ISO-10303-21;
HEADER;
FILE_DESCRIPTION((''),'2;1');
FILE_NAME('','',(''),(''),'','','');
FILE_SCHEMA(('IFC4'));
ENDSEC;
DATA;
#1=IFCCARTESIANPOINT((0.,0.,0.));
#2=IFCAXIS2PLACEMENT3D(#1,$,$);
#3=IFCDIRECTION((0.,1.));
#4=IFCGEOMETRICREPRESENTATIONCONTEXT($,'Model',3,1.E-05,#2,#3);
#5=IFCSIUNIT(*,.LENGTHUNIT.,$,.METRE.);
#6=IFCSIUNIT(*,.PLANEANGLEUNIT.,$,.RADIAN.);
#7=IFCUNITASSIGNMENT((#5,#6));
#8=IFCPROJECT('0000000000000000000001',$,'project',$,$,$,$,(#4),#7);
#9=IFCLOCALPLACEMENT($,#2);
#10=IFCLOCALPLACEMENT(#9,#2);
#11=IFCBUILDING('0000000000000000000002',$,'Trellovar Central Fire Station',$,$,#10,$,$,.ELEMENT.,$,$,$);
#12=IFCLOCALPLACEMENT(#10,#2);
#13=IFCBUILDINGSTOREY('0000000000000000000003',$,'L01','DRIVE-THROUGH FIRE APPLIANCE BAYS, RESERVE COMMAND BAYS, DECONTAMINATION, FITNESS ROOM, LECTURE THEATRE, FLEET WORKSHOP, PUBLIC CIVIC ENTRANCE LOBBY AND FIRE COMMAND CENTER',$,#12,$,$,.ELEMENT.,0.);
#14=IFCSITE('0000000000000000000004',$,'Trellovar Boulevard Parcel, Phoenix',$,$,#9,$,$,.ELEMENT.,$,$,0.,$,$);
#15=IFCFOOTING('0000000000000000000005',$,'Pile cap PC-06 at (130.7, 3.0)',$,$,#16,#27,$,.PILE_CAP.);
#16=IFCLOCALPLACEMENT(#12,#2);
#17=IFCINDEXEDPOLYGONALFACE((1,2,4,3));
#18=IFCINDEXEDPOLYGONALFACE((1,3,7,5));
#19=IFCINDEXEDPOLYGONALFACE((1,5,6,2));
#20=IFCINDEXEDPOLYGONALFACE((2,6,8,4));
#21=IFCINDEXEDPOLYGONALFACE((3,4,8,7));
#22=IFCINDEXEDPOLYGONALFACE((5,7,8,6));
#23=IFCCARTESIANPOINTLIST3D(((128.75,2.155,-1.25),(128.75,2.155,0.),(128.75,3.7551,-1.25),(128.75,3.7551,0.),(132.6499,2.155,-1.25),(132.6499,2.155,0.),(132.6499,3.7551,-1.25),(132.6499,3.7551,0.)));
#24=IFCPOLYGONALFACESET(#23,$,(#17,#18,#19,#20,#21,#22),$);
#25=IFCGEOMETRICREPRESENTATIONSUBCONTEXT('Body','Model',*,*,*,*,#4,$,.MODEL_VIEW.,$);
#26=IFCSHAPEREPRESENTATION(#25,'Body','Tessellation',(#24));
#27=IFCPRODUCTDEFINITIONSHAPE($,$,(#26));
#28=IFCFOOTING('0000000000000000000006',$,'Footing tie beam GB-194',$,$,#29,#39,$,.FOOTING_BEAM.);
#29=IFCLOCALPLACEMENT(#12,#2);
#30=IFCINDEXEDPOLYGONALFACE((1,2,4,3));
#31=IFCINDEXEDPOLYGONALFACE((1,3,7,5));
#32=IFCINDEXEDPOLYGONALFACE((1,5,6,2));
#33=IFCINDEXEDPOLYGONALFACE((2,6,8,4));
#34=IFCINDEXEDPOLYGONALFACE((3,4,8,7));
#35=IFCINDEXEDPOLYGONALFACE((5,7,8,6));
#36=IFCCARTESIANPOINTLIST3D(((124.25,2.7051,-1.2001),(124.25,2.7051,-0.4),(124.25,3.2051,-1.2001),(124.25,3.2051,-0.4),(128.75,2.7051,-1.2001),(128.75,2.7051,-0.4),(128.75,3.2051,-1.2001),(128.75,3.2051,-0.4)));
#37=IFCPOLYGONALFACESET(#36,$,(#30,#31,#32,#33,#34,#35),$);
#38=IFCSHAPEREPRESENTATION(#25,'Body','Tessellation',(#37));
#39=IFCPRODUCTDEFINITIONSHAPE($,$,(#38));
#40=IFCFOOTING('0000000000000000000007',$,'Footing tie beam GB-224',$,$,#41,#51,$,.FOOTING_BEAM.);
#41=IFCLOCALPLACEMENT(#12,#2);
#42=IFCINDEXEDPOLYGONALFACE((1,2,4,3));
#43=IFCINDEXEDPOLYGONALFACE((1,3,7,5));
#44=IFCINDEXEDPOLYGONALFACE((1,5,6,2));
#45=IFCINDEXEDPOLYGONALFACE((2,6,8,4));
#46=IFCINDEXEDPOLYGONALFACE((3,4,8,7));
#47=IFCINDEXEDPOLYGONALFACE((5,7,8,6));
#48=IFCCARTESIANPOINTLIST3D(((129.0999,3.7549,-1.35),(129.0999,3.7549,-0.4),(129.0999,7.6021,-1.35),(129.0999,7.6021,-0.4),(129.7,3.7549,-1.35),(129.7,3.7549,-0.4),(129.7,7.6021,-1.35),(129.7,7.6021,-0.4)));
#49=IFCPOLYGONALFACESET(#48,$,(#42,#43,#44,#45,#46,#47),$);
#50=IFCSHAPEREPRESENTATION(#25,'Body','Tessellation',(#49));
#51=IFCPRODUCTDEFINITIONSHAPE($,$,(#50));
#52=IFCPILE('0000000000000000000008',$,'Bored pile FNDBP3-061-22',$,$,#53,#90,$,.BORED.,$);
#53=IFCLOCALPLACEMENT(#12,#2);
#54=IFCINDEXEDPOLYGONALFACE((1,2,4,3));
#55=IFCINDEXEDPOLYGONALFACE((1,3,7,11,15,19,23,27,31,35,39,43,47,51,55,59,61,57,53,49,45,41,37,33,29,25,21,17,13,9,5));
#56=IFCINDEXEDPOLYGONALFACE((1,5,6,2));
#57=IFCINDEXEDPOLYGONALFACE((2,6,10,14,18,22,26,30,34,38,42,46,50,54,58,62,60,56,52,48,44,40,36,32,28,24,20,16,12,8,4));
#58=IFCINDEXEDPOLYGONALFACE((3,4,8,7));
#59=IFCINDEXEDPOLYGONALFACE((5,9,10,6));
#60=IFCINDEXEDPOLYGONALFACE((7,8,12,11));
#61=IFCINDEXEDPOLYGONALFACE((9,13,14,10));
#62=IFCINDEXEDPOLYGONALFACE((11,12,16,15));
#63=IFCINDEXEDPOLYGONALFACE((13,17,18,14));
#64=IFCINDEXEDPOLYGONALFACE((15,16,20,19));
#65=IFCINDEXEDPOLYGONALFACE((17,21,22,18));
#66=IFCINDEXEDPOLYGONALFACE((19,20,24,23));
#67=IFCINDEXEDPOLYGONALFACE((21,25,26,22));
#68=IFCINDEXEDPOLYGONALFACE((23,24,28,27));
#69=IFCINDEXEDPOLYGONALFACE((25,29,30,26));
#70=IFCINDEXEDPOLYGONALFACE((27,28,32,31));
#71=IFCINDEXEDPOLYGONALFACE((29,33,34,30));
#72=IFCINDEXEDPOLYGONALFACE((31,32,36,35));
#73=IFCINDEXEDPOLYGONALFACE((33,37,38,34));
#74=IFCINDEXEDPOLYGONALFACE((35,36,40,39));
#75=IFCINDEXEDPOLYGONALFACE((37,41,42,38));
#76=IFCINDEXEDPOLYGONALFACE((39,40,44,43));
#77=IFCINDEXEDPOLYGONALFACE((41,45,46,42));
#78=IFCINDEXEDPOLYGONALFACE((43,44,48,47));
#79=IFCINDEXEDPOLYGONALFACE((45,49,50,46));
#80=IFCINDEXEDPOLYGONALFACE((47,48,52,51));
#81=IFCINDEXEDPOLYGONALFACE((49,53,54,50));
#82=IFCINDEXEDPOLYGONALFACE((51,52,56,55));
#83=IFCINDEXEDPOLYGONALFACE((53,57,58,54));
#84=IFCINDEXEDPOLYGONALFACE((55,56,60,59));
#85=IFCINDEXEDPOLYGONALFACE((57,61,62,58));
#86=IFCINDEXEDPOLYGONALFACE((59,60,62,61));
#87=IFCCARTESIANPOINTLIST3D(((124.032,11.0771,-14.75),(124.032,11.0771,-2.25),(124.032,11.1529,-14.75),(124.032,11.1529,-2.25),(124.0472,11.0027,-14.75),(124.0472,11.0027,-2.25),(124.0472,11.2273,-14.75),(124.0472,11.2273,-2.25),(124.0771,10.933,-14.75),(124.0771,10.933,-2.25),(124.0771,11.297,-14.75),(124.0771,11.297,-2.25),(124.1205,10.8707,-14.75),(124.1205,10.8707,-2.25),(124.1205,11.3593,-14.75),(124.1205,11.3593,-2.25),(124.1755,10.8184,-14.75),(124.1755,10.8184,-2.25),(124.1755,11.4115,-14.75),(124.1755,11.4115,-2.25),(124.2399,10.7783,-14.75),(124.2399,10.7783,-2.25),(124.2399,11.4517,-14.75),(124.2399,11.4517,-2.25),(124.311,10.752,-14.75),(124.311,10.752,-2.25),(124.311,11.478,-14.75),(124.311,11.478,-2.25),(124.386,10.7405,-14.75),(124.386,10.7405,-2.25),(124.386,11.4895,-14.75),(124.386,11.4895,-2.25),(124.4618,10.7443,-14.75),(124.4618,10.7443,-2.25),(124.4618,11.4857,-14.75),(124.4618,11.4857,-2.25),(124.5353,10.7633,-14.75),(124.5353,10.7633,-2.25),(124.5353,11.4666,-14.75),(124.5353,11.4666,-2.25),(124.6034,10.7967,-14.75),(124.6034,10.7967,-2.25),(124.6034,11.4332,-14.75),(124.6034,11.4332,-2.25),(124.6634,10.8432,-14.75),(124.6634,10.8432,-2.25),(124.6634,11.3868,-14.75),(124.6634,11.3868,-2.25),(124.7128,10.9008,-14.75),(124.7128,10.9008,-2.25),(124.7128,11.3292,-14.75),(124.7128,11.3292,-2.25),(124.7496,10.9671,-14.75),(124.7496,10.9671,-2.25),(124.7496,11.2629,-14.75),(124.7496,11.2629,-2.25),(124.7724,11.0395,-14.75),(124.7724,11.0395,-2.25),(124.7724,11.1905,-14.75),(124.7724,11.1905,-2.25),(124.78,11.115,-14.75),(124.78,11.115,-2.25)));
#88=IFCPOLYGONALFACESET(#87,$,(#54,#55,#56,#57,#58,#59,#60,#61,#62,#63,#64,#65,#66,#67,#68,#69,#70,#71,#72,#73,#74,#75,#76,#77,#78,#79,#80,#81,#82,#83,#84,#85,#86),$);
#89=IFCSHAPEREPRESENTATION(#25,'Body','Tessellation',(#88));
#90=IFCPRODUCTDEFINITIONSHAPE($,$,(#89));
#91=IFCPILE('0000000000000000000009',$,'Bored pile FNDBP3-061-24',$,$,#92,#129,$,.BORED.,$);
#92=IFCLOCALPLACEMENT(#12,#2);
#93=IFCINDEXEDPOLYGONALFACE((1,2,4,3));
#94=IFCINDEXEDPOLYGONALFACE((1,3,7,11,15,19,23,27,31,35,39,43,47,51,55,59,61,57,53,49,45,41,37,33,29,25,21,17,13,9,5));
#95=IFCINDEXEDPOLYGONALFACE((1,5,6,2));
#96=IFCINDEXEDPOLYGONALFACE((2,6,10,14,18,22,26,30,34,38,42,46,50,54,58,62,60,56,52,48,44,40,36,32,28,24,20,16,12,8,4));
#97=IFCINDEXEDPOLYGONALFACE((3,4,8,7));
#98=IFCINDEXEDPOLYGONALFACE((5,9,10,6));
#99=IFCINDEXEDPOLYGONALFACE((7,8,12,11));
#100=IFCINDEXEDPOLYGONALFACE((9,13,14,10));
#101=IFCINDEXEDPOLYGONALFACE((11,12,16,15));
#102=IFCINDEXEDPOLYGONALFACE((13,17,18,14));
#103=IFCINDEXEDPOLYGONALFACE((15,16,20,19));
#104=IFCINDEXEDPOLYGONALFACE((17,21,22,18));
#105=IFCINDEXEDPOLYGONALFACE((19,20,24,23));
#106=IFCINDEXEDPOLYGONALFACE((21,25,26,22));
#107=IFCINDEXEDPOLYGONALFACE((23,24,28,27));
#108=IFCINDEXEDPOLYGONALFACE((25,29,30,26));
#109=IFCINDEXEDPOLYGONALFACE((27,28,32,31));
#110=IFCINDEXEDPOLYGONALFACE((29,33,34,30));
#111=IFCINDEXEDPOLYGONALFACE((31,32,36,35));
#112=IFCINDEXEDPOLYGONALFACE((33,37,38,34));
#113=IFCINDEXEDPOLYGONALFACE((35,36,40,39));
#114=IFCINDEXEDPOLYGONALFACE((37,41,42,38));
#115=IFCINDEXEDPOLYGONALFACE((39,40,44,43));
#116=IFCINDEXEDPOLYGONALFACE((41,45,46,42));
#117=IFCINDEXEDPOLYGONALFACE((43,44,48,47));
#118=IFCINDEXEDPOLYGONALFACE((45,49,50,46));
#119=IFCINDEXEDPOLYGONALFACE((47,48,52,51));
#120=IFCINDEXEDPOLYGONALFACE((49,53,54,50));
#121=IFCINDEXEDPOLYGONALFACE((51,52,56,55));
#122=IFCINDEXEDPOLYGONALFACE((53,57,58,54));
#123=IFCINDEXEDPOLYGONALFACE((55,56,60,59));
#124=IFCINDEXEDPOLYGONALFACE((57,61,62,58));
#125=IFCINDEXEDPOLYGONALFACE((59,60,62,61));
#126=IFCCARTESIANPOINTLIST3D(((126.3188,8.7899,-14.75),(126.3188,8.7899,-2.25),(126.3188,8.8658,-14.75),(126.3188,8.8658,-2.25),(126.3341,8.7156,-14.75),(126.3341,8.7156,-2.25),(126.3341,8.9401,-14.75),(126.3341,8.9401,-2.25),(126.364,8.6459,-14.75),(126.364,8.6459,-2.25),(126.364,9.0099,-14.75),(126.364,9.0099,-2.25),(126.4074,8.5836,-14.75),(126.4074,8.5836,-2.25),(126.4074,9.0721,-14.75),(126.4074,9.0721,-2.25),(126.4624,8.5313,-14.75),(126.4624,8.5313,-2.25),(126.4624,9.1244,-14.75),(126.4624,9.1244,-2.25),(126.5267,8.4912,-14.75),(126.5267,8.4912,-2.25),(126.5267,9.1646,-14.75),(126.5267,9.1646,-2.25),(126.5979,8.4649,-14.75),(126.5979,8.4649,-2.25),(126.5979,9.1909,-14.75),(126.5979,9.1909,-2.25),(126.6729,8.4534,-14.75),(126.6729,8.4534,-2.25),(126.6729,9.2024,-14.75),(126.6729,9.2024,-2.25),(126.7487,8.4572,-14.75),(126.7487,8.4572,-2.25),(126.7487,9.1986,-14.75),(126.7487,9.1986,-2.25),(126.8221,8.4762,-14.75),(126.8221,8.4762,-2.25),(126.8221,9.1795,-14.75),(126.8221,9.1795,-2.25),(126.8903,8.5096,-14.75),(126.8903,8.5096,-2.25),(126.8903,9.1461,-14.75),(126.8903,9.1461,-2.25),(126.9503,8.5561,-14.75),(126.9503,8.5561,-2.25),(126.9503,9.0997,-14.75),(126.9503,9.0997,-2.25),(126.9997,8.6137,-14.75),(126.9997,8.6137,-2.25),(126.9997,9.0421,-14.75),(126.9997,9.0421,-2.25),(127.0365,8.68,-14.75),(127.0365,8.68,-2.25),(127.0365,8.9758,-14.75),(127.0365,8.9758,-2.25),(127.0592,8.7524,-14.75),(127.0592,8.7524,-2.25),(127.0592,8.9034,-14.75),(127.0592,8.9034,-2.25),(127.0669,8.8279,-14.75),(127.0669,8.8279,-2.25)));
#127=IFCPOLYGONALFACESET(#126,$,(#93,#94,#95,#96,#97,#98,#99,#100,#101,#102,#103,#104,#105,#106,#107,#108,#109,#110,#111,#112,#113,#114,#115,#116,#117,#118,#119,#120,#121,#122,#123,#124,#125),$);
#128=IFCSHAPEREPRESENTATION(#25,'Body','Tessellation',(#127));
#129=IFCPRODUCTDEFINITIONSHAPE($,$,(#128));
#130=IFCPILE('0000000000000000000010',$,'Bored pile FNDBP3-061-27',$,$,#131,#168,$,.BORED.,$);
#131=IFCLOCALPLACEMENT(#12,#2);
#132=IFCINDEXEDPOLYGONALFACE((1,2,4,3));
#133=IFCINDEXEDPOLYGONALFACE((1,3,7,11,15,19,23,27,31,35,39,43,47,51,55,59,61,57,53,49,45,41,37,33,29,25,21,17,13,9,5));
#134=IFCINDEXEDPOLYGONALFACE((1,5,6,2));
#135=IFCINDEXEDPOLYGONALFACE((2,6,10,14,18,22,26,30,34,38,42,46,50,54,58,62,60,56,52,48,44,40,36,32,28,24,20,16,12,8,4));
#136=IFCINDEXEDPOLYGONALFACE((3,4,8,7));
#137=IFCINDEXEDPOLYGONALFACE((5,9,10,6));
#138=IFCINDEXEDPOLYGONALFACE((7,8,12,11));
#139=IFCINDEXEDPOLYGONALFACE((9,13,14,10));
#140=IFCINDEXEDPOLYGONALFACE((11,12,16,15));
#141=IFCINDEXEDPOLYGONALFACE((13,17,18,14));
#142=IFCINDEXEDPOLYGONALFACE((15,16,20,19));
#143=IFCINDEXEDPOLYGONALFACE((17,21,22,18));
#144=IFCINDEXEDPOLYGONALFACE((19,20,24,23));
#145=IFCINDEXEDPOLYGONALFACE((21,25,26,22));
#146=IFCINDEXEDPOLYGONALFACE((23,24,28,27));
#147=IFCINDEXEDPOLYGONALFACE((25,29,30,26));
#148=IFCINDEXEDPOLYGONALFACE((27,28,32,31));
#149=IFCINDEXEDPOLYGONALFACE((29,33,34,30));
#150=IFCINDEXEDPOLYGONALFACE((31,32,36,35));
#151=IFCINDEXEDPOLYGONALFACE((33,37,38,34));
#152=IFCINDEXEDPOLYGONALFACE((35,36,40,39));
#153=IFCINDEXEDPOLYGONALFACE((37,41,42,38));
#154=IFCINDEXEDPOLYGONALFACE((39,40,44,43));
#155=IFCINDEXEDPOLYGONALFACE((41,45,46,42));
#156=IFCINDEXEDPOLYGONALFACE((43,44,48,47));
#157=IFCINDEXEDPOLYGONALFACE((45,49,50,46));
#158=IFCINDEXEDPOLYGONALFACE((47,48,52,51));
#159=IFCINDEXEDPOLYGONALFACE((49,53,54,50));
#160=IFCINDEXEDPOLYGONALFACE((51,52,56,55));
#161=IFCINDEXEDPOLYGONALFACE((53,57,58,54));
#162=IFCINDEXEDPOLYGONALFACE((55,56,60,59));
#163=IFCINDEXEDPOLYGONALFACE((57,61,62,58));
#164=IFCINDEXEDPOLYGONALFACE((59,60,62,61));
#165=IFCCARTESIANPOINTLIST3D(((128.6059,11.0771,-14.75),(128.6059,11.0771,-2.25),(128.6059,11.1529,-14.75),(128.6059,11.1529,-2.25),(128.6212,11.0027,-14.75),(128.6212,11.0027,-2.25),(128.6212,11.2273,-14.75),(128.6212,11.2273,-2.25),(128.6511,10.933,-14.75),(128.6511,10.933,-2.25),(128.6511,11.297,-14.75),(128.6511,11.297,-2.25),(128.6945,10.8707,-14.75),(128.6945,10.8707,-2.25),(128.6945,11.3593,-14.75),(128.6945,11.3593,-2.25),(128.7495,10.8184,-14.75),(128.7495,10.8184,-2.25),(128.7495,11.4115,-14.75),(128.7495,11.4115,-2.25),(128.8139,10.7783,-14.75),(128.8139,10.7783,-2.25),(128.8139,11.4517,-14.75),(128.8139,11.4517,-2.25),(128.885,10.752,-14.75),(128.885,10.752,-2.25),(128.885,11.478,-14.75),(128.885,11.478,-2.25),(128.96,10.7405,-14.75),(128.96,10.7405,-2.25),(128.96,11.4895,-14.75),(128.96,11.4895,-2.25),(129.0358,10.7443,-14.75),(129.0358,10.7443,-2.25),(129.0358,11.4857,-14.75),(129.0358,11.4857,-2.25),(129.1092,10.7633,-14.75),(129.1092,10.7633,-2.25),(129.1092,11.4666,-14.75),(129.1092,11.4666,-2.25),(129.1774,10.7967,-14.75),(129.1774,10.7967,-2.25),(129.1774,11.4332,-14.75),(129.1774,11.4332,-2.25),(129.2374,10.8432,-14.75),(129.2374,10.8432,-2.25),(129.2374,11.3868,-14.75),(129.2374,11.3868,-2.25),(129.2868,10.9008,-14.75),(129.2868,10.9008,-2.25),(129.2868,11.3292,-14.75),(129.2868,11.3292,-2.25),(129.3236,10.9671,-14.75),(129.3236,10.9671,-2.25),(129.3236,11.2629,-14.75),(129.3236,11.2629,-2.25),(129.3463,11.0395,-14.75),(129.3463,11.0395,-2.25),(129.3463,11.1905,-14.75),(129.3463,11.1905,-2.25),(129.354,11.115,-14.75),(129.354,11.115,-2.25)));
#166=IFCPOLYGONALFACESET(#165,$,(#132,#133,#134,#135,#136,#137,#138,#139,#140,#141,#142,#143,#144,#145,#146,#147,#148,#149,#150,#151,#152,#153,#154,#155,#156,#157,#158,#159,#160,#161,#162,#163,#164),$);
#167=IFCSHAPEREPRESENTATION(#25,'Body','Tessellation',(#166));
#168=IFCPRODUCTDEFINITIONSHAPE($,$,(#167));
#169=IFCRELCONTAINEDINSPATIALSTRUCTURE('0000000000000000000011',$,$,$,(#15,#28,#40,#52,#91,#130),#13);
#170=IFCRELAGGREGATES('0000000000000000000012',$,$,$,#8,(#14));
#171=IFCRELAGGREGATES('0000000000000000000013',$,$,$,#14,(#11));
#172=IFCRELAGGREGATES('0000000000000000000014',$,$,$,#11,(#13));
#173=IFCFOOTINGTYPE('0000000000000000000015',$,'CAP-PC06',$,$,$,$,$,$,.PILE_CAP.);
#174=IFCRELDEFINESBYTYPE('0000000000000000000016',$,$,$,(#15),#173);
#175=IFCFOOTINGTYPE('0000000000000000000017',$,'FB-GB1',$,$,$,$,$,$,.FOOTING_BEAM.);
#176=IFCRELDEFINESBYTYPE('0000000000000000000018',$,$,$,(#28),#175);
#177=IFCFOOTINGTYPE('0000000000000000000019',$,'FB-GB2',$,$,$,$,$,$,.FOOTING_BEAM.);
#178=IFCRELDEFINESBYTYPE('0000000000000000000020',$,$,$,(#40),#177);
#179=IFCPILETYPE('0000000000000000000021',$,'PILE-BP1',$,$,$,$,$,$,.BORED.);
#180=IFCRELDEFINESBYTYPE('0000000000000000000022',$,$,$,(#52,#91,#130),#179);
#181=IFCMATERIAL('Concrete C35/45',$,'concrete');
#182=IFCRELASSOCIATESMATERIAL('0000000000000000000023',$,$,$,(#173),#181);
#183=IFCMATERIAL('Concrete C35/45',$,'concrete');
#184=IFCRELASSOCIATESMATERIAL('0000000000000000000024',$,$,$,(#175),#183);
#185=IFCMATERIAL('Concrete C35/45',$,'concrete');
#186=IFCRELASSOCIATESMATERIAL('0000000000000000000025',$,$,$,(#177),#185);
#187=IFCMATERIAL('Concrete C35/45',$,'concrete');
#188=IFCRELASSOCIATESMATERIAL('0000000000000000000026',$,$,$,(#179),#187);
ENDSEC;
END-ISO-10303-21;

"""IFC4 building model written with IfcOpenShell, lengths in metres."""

from ifc_helpers import new_model, si_unit, direction, frame, origin, origin_2d, place, context, subcontext, project, spatial, rectangle, circle, extrude, material, material_profile, profile_set, type_object, element, save


model = new_model("IFC4")

# Units and contexts
model_context = context("Model", 3, precision=1e-05, world=origin(), true_north=direction((0.0, 1.0)))
body_context = subcontext(model_context, "Body", "Model", "MODEL_VIEW")
ifc_project = project(units=[si_unit("LENGTHUNIT", "METRE"), si_unit("PLANEANGLEUNIT", "RADIAN")], contexts=[model_context])

# Site, building, storey
site_placement = place(None, origin())
site = spatial("IfcSite", under=ifc_project, at=site_placement, Name="Trellovar Boulevard Parcel, Phoenix", CompositionType="ELEMENT", RefElevation=0.0)
building_placement = place(site_placement, origin())
building = spatial("IfcBuilding", under=site, at=building_placement, Name="Trellovar Central Fire Station", CompositionType="ELEMENT")
storey_placement = place(building_placement, origin())
storey = spatial("IfcBuildingStorey", under=building, at=storey_placement, Name="L01", Description="DRIVE-THROUGH FIRE APPLIANCE BAYS, RESERVE COMMAND BAYS, DECONTAMINATION, FITNESS ROOM, LECTURE THEATRE, FLEET WORKSHOP, PUBLIC CIVIC ENTRANCE LOBBY AND FIRE COMMAND CENTER", CompositionType="ELEMENT", Elevation=0.0)

# Footings
ifc_material_1 = material(Name="Concrete C35/45", Category="concrete")
footing_type_1 = type_object("IfcFootingType", Name="CAP-PC06", PredefinedType="PILE_CAP", material=ifc_material_1)
footing_1_placement = place(storey_placement, frame((130.7, 2.9551, -1.25), z_axis=(0.0, 0.0, 1.0), x_axis=(1.0, 0.0, 0.0)))
element("IfcFooting", 1, at=footing_1_placement, inside=storey, type_object=footing_type_1, Name="Pile cap PC-06 at (130.7, 3.0)", PredefinedType="PILE_CAP", context=body_context, shape_type="SweptSolid", body=[
    extrude(rectangle(XDim=3.8999, YDim=1.6001, at=origin_2d()), origin(), (0.0, 0.0, 1.0), 1.25),
])
ifc_material_2 = material(Name="Concrete C35/45", Category="concrete")
ifc_material_profile_1 = material_profile(ifc_material_2, rectangle(XDim=0.5, YDim=0.8, at=origin_2d()), Name="RC500X800")
ifc_profile_set_1 = profile_set([ifc_material_profile_1], Name="Concrete C35/45")
footing_type_2 = type_object("IfcFootingType", Name="FB-GB1", PredefinedType="FOOTING_BEAM", material=ifc_profile_set_1)
footing_2_placement = place(storey_placement, frame((124.25, 2.9551, -0.8), z_axis=(1.0, 0.0, 0.0), x_axis=(0.0, 1.0, 0.0)))
element("IfcFooting", 2, at=footing_2_placement, inside=storey, type_object=footing_type_2, Name="Footing tie beam GB-194", PredefinedType="FOOTING_BEAM", context=body_context, shape_type="SweptSolid", body=[
    extrude(rectangle(XDim=0.5, YDim=0.8, at=origin_2d()), origin(), (0.0, 0.0, 1.0), 4.5),
])
ifc_material_3 = material(Name="Concrete C35/45", Category="concrete")
ifc_material_profile_2 = material_profile(ifc_material_3, rectangle(XDim=0.6001, YDim=0.95, at=origin_2d()), Name="RC600X950")
ifc_profile_set_2 = profile_set([ifc_material_profile_2], Name="Concrete C35/45")
footing_type_3 = type_object("IfcFootingType", Name="FB-GB2", PredefinedType="FOOTING_BEAM", material=ifc_profile_set_2)
footing_3_placement = place(storey_placement, frame((129.3999, 3.7549, -0.875), z_axis=(0.0, 1.0, 0.0), x_axis=(-1.0, 0.0, 0.0)))
element("IfcFooting", 3, at=footing_3_placement, inside=storey, type_object=footing_type_3, Name="Footing tie beam GB-224", PredefinedType="FOOTING_BEAM", context=body_context, shape_type="SweptSolid", body=[
    extrude(rectangle(XDim=0.6001, YDim=0.95, at=origin_2d()), origin(), (0.0, 0.0, 1.0), 3.8472),
])

# Piles
ifc_material_4 = material(Name="Concrete C35/45", Category="concrete")
ifc_material_profile_3 = material_profile(ifc_material_4, circle(Radius=0.375, at=origin_2d()), Name="PILE750")
ifc_profile_set_3 = profile_set([ifc_material_profile_3], Name="Concrete C35/45")
pile_type = type_object("IfcPileType", Name="PILE-BP1", PredefinedType="BORED", material=ifc_profile_set_3)
for number, where, z_axis, x_axis, name in (
    (4, (124.405, 11.115, -2.25), (0.0, 0.0, -1.0), (1.0, 0.0, 0.0), "Bored pile FNDBP3-061-22"),
    (5, (126.6919, 8.8279, -2.25), (0.0, 0.0, -1.0), (1.0, 0.0, 0.0), "Bored pile FNDBP3-061-24"),
    (6, (128.979, 11.115, -2.25), (0.0, 0.0, -1.0), (1.0, 0.0, 0.0), "Bored pile FNDBP3-061-27"),
):
    element("IfcPile", number, at=place(storey_placement, frame(where, z_axis=z_axis, x_axis=x_axis)), inside=storey, type_object=pile_type, Name=name, PredefinedType="BORED", context=body_context, shape_type="SweptSolid", body=[
        extrude(circle(Radius=0.375, at=origin_2d()), origin(), (0.0, 0.0, 1.0), 12.5),
    ])

save(model, "model.ifc")
